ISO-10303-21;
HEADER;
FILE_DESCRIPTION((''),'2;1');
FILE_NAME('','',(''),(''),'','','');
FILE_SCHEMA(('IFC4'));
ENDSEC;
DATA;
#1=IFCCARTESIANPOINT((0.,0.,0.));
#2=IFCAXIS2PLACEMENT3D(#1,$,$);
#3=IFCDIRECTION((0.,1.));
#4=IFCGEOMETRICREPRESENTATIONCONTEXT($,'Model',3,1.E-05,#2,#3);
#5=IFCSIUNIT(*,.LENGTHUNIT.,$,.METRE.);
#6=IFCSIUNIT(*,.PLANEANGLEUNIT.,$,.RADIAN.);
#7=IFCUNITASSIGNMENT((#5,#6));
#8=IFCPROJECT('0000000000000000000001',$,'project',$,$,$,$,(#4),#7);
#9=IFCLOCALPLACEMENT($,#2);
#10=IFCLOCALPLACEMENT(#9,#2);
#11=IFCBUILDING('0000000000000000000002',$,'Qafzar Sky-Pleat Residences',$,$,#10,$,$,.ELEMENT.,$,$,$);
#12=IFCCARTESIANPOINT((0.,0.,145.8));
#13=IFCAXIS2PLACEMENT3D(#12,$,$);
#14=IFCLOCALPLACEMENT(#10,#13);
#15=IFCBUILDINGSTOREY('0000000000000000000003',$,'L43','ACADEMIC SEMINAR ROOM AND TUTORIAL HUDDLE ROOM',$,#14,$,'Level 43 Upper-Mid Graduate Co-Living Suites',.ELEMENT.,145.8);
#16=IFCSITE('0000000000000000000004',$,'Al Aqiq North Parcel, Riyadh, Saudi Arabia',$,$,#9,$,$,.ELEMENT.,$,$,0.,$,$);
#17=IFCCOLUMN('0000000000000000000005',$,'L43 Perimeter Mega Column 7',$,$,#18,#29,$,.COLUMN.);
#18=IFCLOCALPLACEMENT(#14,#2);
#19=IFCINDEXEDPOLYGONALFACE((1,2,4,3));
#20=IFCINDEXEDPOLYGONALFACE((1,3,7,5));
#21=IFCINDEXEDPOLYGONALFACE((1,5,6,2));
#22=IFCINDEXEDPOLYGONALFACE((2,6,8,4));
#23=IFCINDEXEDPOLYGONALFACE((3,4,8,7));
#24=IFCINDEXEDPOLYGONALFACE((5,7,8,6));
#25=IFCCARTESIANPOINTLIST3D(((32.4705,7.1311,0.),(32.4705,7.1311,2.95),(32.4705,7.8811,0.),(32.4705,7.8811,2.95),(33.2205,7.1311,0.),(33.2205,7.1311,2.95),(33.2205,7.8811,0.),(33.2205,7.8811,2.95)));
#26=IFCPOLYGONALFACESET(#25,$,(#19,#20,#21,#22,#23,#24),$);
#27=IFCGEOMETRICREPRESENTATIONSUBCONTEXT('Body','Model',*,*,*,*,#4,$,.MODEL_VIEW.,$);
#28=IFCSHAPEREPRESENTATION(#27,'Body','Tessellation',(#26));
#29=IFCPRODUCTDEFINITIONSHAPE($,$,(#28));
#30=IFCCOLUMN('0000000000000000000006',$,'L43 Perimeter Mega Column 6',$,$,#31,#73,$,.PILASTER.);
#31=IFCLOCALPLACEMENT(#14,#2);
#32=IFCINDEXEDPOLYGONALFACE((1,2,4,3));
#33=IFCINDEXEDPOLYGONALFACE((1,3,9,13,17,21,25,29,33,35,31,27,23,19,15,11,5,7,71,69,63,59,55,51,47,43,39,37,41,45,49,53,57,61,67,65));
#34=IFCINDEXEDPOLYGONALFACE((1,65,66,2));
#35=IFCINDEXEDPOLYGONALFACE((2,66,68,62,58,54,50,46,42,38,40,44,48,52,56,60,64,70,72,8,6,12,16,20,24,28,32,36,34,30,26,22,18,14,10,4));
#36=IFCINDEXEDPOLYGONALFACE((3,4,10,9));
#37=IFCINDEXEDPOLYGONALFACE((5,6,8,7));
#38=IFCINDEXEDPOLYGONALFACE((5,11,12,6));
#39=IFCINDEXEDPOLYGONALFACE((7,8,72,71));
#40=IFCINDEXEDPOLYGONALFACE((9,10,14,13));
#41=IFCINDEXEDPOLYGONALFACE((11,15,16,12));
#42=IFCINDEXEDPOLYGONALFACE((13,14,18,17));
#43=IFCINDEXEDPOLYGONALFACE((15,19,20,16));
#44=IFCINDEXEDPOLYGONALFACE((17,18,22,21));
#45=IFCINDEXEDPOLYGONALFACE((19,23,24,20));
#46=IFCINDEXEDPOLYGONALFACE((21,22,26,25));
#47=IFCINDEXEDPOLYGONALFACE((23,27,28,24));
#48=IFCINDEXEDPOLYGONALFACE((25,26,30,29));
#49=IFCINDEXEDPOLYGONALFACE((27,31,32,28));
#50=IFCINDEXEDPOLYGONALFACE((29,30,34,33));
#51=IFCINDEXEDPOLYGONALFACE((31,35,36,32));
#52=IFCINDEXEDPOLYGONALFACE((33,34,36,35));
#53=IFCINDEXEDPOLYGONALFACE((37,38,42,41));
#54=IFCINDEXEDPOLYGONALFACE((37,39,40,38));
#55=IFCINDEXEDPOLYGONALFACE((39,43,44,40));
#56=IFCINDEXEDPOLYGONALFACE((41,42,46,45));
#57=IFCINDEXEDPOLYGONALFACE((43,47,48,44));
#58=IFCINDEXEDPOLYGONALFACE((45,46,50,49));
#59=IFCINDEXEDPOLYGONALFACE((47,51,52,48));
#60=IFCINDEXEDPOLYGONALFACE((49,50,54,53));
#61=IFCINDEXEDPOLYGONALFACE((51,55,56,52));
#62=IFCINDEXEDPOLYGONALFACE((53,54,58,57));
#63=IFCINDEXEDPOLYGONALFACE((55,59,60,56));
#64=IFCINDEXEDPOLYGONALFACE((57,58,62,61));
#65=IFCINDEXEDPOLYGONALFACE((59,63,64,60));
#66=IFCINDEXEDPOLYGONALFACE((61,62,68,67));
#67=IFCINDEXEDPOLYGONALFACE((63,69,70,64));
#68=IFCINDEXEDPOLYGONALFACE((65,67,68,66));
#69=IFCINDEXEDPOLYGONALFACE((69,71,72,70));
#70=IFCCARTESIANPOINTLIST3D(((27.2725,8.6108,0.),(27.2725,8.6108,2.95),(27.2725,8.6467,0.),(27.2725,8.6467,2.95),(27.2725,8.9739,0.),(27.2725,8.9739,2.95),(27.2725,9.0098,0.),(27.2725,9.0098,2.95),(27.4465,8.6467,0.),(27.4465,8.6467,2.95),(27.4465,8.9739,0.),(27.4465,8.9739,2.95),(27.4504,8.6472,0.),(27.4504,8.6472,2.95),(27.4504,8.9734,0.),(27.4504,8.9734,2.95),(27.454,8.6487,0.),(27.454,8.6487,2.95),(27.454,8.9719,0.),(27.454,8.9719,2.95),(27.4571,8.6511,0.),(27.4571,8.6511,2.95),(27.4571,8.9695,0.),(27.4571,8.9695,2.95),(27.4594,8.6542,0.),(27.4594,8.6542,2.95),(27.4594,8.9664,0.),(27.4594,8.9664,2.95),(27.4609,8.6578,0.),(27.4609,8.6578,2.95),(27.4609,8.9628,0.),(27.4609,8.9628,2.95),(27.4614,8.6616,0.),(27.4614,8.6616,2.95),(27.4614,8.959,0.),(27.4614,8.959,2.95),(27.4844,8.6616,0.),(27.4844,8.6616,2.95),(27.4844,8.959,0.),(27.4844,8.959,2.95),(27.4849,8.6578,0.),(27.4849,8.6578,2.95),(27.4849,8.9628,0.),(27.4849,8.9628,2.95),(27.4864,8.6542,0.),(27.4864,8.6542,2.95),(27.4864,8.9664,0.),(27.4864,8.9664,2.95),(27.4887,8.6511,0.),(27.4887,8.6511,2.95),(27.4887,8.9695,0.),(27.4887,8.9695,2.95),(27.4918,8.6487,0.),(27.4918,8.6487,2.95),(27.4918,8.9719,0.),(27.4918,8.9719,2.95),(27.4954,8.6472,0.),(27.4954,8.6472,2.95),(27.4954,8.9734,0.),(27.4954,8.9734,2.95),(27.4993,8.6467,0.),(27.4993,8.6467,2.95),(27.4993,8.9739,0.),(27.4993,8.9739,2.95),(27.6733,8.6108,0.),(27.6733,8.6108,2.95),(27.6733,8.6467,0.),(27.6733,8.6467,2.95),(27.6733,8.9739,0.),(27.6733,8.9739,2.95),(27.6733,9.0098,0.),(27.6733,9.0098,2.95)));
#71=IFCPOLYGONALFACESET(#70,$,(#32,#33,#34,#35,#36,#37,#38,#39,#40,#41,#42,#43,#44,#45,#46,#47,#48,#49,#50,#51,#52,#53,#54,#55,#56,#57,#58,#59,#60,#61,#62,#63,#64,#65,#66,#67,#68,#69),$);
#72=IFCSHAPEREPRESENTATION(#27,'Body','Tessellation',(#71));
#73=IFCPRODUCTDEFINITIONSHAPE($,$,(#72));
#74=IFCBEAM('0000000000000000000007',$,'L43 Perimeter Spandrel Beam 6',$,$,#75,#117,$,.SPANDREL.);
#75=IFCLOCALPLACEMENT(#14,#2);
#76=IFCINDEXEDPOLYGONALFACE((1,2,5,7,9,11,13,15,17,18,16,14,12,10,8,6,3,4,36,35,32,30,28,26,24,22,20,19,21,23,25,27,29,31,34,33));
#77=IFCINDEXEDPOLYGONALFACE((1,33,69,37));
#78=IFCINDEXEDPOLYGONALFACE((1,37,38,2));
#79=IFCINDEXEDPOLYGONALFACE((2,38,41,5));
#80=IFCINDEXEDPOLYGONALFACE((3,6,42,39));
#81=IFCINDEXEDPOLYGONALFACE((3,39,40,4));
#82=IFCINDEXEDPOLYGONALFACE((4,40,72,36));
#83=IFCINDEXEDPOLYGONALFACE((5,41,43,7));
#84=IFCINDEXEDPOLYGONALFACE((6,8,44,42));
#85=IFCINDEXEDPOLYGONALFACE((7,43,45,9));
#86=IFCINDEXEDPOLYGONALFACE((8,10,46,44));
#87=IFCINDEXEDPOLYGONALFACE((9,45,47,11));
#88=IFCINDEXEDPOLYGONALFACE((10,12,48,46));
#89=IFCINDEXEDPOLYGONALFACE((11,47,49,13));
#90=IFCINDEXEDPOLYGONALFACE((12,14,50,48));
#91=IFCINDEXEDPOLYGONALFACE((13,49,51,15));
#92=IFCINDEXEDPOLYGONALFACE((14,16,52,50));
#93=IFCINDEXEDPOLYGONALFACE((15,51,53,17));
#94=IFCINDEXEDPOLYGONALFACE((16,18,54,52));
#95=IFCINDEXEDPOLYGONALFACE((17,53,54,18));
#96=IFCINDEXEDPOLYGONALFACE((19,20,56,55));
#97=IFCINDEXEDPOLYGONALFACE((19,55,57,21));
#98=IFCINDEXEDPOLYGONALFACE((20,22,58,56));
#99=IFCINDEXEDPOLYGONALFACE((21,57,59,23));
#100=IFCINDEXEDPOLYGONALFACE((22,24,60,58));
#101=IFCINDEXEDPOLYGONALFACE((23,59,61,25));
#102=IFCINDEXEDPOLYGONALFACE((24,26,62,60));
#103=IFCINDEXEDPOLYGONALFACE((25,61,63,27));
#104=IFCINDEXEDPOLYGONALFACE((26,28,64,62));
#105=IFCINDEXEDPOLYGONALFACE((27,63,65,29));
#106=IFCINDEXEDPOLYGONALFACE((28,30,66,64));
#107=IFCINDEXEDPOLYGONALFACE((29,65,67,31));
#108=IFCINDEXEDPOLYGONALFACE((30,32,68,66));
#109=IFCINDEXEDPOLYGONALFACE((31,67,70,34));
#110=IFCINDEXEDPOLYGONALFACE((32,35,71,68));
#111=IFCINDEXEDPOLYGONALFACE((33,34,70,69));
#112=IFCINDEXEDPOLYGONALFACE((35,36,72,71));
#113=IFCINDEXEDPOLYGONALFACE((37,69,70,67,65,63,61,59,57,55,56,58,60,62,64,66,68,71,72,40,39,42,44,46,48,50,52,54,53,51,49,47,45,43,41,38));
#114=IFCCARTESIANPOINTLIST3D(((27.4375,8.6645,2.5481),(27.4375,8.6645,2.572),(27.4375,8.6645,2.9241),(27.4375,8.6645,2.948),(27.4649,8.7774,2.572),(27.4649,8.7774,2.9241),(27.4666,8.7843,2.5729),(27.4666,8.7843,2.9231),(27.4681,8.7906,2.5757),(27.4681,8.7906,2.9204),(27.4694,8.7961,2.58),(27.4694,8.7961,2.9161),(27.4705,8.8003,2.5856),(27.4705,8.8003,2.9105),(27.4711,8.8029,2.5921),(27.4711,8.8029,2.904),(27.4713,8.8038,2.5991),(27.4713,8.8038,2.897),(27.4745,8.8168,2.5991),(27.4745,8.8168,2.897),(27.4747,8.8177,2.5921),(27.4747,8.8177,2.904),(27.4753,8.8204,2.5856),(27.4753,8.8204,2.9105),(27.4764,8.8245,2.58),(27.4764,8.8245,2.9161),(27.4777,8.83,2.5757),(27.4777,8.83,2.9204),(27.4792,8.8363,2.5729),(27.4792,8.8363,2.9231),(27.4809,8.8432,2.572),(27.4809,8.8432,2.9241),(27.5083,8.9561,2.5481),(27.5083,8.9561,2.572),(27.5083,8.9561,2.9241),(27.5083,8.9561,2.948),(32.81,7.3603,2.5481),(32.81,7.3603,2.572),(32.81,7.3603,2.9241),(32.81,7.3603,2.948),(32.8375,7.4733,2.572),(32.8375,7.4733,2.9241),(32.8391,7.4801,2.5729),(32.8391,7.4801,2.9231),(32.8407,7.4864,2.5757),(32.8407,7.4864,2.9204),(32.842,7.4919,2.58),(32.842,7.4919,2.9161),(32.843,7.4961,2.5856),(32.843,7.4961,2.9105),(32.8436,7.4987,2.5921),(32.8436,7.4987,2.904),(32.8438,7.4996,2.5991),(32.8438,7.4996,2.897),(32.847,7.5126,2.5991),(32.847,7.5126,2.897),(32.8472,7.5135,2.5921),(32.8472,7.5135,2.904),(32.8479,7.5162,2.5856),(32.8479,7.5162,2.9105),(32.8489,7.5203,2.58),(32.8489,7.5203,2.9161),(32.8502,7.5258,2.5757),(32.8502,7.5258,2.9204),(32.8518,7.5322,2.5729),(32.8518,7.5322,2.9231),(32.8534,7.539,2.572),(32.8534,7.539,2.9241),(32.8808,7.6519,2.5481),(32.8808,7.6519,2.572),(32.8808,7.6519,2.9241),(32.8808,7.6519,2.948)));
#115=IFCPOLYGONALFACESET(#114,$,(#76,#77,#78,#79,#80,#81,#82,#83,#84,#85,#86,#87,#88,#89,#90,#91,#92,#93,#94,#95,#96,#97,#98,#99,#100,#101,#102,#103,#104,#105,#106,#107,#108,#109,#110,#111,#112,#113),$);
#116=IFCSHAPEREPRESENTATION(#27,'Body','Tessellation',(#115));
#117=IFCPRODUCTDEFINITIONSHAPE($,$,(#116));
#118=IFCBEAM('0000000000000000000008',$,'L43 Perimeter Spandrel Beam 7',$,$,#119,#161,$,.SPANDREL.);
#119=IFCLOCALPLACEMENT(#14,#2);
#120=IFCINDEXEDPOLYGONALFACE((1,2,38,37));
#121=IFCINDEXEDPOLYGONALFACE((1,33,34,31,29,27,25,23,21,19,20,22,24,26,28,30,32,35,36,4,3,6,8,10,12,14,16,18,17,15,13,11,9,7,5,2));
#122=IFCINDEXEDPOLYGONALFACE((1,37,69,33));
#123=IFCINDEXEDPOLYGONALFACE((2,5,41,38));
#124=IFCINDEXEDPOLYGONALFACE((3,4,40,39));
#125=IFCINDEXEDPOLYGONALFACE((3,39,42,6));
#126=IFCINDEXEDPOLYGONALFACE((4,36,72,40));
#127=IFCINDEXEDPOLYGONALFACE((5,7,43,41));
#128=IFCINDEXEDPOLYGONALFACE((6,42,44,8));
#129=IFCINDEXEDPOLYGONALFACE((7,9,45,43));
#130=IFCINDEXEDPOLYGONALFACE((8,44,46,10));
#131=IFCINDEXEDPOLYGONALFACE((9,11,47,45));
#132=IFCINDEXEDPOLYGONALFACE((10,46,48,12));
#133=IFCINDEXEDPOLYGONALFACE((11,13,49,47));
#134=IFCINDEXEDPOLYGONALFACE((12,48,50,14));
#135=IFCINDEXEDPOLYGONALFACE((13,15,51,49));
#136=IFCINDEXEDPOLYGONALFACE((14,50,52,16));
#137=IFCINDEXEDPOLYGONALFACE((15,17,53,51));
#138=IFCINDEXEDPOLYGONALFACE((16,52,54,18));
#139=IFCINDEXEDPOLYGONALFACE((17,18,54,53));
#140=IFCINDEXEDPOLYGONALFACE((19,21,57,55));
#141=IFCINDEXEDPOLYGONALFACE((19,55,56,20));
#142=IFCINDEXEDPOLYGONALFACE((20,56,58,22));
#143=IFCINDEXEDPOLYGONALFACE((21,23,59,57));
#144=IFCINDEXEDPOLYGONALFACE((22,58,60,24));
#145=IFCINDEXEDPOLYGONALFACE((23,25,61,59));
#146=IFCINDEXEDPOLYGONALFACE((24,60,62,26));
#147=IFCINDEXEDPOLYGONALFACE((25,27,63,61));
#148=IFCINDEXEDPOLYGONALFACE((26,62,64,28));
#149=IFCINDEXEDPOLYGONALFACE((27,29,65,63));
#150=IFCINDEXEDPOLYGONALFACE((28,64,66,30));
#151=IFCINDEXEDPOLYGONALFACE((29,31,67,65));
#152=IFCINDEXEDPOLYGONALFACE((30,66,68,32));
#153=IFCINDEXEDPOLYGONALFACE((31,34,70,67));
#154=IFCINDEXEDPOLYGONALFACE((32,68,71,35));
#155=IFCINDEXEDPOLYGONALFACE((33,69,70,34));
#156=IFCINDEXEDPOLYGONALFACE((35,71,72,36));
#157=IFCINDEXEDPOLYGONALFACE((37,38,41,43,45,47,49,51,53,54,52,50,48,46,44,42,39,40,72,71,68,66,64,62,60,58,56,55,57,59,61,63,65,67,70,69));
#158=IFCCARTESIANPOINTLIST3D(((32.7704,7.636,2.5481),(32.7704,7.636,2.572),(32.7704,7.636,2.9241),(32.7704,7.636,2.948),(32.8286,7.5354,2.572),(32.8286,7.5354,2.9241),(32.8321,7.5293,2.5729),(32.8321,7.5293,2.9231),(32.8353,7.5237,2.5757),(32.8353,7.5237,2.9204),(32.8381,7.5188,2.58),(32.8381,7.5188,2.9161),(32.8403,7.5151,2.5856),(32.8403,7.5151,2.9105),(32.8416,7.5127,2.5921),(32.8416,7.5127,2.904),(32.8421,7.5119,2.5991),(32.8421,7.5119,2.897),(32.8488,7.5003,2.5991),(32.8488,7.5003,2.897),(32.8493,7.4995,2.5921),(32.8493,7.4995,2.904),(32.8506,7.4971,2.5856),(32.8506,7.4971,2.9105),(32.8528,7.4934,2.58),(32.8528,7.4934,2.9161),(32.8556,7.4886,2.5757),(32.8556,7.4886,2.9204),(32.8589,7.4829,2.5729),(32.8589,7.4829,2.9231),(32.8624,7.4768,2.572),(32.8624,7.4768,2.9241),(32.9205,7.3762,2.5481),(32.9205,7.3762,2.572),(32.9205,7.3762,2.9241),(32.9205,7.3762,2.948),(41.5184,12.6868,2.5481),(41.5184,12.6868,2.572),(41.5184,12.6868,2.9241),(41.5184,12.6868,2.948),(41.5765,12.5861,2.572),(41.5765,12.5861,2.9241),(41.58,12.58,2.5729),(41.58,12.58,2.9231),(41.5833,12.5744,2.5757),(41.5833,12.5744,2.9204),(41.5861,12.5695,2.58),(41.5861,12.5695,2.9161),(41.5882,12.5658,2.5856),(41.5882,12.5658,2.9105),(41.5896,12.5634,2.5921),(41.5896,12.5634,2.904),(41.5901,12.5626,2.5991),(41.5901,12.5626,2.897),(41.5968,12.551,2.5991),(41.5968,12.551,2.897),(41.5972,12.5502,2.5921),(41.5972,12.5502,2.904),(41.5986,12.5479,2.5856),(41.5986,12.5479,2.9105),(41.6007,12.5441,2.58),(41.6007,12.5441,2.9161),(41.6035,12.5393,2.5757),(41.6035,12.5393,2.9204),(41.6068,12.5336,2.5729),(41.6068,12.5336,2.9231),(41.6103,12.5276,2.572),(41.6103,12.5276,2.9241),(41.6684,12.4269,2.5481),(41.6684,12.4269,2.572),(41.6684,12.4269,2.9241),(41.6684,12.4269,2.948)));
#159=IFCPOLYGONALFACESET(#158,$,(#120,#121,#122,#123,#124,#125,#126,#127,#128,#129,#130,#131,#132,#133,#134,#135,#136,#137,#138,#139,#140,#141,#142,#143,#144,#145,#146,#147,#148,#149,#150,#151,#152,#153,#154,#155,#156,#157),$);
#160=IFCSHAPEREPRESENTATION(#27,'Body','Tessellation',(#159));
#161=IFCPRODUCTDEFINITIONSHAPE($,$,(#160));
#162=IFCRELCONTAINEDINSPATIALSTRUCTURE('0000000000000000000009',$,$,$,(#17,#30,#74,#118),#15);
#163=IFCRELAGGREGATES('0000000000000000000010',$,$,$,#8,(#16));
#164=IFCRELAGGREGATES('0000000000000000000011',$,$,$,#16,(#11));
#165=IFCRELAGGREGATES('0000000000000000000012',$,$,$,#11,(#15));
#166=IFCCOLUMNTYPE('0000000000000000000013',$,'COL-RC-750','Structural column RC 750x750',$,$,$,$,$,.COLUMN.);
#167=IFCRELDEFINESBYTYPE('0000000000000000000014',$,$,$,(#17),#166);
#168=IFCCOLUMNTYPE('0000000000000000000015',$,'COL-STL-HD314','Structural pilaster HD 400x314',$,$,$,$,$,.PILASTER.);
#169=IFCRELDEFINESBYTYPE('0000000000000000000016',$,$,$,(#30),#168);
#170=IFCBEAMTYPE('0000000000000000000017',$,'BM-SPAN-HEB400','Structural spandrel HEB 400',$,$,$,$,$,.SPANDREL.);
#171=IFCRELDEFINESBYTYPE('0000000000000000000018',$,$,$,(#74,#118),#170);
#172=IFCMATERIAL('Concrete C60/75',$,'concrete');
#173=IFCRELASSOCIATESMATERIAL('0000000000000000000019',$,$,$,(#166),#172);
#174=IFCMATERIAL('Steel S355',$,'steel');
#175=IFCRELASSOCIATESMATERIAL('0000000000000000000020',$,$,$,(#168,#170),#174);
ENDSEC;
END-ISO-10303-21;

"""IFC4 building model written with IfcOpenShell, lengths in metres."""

from ifc_helpers import new_model, si_unit, direction, frame, origin, origin_2d, place, context, subcontext, project, spatial, rectangle, i_section, extrude, source, transform, mapped, material, material_profile, profile_set, type_object, element, save


model = new_model("IFC4")

# Units and contexts
model_context = context("Model", 3, precision=1e-05, world=origin(), true_north=direction((0.0, 1.0)))
body_context = subcontext(model_context, "Body", "Model", "MODEL_VIEW")
ifc_project = project(units=[si_unit("LENGTHUNIT", "METRE"), si_unit("PLANEANGLEUNIT", "RADIAN")], contexts=[model_context])

# Site, building, storey
site_placement = place(None, origin())
site = spatial("IfcSite", under=ifc_project, at=site_placement, Name="Al Aqiq North Parcel, Riyadh, Saudi Arabia", CompositionType="ELEMENT", RefElevation=0.0)
building_placement = place(site_placement, origin())
building = spatial("IfcBuilding", under=site, at=building_placement, Name="Qafzar Sky-Pleat Residences", CompositionType="ELEMENT")
storey_placement = place(building_placement, frame((0.0, 0.0, 145.8)))
storey = spatial("IfcBuildingStorey", under=building, at=storey_placement, Name="L43", Description="ACADEMIC SEMINAR ROOM AND TUTORIAL HUDDLE ROOM", LongName="Level 43 Upper-Mid Graduate Co-Living Suites", CompositionType="ELEMENT", Elevation=145.8)

# Columns
ifc_material_1 = material(Name="Concrete C60/75", Category="concrete")
ifc_material_profile_1 = material_profile(ifc_material_1, rectangle(XDim=0.75, YDim=0.75, at=origin_2d()), Name="RC 750x750")
ifc_profile_set_1 = profile_set([ifc_material_profile_1], Name="Concrete C60/75")
column_type_1 = type_object("IfcColumnType", Name="COL-RC-750", Description="Structural column RC 750x750", PredefinedType="COLUMN", material=ifc_profile_set_1)
shared_shape_1 = source(origin(), body_context, "Body", "SweptSolid", [
    extrude(rectangle(XDim=0.75, YDim=0.75, at=origin_2d()), origin(), (0.0, 0.0, 1.0), 2.95),
])
column_1_placement = place(storey_placement, frame((32.8455, 7.5061, 0.0), z_axis=(0.0, 0.0, 1.0), x_axis=(1.0, 0.0, 0.0)))
element("IfcColumn", 1, at=column_1_placement, inside=storey, type_object=column_type_1, Name="L43 Perimeter Mega Column 7", PredefinedType="COLUMN", context=body_context, shape_type="MappedRepresentation", body=[
    mapped(shared_shape_1, transform((0.0, 0.0, 0.0), x_axis=(1.0, 0.0, 0.0), y_axis=(0.0, 1.0, 0.0), z_axis=(0.0, 0.0, 1.0), scale=1.0)),
])
ifc_material_2 = material(Name="Steel S355", Category="steel")
ifc_material_profile_2 = material_profile(ifc_material_2, i_section(OverallWidth=0.4009, OverallDepth=0.3989, WebThickness=0.0229, FlangeThickness=0.0359, FilletRadius=0.0149, at=origin_2d()), Name="HD 400x314")
ifc_profile_set_2 = profile_set([ifc_material_profile_2], Name="Steel S355")
column_type_2 = type_object("IfcColumnType", Name="COL-STL-HD314", Description="Structural pilaster HD 400x314", PredefinedType="PILASTER", material=ifc_profile_set_2)
shared_shape_2 = source(origin(), body_context, "Body", "SweptSolid", [
    extrude(i_section(OverallWidth=0.4009, OverallDepth=0.3989, WebThickness=0.0229, FlangeThickness=0.0359, FilletRadius=0.0149, at=origin_2d()), origin(), (0.0, 0.0, 1.0), 2.95),
])
column_2_placement = place(storey_placement, frame((27.4729, 8.8103, 0.0), z_axis=(0.0, 0.0, 1.0), x_axis=(1.0, 0.0, 0.0)))
element("IfcColumn", 2, at=column_2_placement, inside=storey, type_object=column_type_2, Name="L43 Perimeter Mega Column 6", PredefinedType="PILASTER", context=body_context, shape_type="MappedRepresentation", body=[
    mapped(shared_shape_2, transform((0.0, 0.0, 0.0), x_axis=(1.0, 0.0, 0.0), y_axis=(0.0, 1.0, 0.0), z_axis=(0.0, 0.0, 1.0), scale=1.0)),
])

# Beams
ifc_material_profile_3 = material_profile(ifc_material_2, i_section(OverallWidth=0.3, OverallDepth=0.3999, WebThickness=0.0134, FlangeThickness=0.0239, FilletRadius=0.0271, at=origin_2d()), Name="HEB 400")
ifc_profile_set_3 = profile_set([ifc_material_profile_3], Name="Steel S355")
beam_type_1 = type_object("IfcBeamType", Name="BM-SPAN-HEB400", Description="Structural spandrel HEB 400", PredefinedType="SPANDREL", material=ifc_profile_set_3)
shared_shape_3 = source(origin(), body_context, "Body", "SweptSolid", [
    extrude(i_section(OverallWidth=0.3, OverallDepth=0.3999, WebThickness=0.0134, FlangeThickness=0.0239, FilletRadius=0.0271, at=origin_2d()), origin(), (0.0, 0.0, 1.0), 5.5286),
])
beam_1_placement = place(storey_placement, frame((27.4729, 8.8103, 2.748), z_axis=(0.971777, -0.235901, 0.0), x_axis=(0.235901, 0.971777, 0.0)))
element("IfcBeam", 3, at=beam_1_placement, inside=storey, type_object=beam_type_1, Name="L43 Perimeter Spandrel Beam 6", PredefinedType="SPANDREL", context=body_context, shape_type="MappedRepresentation", body=[
    mapped(shared_shape_3, transform((0.0, 0.0, 0.0), x_axis=(1.0, 0.0, 0.0), y_axis=(0.0, 1.0, 0.0), z_axis=(0.0, 0.0, 1.0), scale=1.0)),
])
shared_shape_4 = source(origin(), body_context, "Body", "SweptSolid", [
    extrude(i_section(OverallWidth=0.3, OverallDepth=0.3999, WebThickness=0.0134, FlangeThickness=0.0239, FilletRadius=0.0271, at=origin_2d()), origin(), (0.0, 0.0, 1.0), 10.1013),
])
beam_2_placement = place(storey_placement, frame((32.8455, 7.5061, 2.748), z_axis=(0.866021, 0.500007, 0.0), x_axis=(-0.500007, 0.866021, 0.0)))
element("IfcBeam", 4, at=beam_2_placement, inside=storey, type_object=beam_type_1, Name="L43 Perimeter Spandrel Beam 7", PredefinedType="SPANDREL", context=body_context, shape_type="MappedRepresentation", body=[
    mapped(shared_shape_4, transform((0.0, 0.0, 0.0), x_axis=(1.0, 0.0, 0.0), y_axis=(0.0, 1.0, 0.0), z_axis=(0.0, 0.0, 1.0), scale=1.0)),
])

save(model, "model.ifc")
